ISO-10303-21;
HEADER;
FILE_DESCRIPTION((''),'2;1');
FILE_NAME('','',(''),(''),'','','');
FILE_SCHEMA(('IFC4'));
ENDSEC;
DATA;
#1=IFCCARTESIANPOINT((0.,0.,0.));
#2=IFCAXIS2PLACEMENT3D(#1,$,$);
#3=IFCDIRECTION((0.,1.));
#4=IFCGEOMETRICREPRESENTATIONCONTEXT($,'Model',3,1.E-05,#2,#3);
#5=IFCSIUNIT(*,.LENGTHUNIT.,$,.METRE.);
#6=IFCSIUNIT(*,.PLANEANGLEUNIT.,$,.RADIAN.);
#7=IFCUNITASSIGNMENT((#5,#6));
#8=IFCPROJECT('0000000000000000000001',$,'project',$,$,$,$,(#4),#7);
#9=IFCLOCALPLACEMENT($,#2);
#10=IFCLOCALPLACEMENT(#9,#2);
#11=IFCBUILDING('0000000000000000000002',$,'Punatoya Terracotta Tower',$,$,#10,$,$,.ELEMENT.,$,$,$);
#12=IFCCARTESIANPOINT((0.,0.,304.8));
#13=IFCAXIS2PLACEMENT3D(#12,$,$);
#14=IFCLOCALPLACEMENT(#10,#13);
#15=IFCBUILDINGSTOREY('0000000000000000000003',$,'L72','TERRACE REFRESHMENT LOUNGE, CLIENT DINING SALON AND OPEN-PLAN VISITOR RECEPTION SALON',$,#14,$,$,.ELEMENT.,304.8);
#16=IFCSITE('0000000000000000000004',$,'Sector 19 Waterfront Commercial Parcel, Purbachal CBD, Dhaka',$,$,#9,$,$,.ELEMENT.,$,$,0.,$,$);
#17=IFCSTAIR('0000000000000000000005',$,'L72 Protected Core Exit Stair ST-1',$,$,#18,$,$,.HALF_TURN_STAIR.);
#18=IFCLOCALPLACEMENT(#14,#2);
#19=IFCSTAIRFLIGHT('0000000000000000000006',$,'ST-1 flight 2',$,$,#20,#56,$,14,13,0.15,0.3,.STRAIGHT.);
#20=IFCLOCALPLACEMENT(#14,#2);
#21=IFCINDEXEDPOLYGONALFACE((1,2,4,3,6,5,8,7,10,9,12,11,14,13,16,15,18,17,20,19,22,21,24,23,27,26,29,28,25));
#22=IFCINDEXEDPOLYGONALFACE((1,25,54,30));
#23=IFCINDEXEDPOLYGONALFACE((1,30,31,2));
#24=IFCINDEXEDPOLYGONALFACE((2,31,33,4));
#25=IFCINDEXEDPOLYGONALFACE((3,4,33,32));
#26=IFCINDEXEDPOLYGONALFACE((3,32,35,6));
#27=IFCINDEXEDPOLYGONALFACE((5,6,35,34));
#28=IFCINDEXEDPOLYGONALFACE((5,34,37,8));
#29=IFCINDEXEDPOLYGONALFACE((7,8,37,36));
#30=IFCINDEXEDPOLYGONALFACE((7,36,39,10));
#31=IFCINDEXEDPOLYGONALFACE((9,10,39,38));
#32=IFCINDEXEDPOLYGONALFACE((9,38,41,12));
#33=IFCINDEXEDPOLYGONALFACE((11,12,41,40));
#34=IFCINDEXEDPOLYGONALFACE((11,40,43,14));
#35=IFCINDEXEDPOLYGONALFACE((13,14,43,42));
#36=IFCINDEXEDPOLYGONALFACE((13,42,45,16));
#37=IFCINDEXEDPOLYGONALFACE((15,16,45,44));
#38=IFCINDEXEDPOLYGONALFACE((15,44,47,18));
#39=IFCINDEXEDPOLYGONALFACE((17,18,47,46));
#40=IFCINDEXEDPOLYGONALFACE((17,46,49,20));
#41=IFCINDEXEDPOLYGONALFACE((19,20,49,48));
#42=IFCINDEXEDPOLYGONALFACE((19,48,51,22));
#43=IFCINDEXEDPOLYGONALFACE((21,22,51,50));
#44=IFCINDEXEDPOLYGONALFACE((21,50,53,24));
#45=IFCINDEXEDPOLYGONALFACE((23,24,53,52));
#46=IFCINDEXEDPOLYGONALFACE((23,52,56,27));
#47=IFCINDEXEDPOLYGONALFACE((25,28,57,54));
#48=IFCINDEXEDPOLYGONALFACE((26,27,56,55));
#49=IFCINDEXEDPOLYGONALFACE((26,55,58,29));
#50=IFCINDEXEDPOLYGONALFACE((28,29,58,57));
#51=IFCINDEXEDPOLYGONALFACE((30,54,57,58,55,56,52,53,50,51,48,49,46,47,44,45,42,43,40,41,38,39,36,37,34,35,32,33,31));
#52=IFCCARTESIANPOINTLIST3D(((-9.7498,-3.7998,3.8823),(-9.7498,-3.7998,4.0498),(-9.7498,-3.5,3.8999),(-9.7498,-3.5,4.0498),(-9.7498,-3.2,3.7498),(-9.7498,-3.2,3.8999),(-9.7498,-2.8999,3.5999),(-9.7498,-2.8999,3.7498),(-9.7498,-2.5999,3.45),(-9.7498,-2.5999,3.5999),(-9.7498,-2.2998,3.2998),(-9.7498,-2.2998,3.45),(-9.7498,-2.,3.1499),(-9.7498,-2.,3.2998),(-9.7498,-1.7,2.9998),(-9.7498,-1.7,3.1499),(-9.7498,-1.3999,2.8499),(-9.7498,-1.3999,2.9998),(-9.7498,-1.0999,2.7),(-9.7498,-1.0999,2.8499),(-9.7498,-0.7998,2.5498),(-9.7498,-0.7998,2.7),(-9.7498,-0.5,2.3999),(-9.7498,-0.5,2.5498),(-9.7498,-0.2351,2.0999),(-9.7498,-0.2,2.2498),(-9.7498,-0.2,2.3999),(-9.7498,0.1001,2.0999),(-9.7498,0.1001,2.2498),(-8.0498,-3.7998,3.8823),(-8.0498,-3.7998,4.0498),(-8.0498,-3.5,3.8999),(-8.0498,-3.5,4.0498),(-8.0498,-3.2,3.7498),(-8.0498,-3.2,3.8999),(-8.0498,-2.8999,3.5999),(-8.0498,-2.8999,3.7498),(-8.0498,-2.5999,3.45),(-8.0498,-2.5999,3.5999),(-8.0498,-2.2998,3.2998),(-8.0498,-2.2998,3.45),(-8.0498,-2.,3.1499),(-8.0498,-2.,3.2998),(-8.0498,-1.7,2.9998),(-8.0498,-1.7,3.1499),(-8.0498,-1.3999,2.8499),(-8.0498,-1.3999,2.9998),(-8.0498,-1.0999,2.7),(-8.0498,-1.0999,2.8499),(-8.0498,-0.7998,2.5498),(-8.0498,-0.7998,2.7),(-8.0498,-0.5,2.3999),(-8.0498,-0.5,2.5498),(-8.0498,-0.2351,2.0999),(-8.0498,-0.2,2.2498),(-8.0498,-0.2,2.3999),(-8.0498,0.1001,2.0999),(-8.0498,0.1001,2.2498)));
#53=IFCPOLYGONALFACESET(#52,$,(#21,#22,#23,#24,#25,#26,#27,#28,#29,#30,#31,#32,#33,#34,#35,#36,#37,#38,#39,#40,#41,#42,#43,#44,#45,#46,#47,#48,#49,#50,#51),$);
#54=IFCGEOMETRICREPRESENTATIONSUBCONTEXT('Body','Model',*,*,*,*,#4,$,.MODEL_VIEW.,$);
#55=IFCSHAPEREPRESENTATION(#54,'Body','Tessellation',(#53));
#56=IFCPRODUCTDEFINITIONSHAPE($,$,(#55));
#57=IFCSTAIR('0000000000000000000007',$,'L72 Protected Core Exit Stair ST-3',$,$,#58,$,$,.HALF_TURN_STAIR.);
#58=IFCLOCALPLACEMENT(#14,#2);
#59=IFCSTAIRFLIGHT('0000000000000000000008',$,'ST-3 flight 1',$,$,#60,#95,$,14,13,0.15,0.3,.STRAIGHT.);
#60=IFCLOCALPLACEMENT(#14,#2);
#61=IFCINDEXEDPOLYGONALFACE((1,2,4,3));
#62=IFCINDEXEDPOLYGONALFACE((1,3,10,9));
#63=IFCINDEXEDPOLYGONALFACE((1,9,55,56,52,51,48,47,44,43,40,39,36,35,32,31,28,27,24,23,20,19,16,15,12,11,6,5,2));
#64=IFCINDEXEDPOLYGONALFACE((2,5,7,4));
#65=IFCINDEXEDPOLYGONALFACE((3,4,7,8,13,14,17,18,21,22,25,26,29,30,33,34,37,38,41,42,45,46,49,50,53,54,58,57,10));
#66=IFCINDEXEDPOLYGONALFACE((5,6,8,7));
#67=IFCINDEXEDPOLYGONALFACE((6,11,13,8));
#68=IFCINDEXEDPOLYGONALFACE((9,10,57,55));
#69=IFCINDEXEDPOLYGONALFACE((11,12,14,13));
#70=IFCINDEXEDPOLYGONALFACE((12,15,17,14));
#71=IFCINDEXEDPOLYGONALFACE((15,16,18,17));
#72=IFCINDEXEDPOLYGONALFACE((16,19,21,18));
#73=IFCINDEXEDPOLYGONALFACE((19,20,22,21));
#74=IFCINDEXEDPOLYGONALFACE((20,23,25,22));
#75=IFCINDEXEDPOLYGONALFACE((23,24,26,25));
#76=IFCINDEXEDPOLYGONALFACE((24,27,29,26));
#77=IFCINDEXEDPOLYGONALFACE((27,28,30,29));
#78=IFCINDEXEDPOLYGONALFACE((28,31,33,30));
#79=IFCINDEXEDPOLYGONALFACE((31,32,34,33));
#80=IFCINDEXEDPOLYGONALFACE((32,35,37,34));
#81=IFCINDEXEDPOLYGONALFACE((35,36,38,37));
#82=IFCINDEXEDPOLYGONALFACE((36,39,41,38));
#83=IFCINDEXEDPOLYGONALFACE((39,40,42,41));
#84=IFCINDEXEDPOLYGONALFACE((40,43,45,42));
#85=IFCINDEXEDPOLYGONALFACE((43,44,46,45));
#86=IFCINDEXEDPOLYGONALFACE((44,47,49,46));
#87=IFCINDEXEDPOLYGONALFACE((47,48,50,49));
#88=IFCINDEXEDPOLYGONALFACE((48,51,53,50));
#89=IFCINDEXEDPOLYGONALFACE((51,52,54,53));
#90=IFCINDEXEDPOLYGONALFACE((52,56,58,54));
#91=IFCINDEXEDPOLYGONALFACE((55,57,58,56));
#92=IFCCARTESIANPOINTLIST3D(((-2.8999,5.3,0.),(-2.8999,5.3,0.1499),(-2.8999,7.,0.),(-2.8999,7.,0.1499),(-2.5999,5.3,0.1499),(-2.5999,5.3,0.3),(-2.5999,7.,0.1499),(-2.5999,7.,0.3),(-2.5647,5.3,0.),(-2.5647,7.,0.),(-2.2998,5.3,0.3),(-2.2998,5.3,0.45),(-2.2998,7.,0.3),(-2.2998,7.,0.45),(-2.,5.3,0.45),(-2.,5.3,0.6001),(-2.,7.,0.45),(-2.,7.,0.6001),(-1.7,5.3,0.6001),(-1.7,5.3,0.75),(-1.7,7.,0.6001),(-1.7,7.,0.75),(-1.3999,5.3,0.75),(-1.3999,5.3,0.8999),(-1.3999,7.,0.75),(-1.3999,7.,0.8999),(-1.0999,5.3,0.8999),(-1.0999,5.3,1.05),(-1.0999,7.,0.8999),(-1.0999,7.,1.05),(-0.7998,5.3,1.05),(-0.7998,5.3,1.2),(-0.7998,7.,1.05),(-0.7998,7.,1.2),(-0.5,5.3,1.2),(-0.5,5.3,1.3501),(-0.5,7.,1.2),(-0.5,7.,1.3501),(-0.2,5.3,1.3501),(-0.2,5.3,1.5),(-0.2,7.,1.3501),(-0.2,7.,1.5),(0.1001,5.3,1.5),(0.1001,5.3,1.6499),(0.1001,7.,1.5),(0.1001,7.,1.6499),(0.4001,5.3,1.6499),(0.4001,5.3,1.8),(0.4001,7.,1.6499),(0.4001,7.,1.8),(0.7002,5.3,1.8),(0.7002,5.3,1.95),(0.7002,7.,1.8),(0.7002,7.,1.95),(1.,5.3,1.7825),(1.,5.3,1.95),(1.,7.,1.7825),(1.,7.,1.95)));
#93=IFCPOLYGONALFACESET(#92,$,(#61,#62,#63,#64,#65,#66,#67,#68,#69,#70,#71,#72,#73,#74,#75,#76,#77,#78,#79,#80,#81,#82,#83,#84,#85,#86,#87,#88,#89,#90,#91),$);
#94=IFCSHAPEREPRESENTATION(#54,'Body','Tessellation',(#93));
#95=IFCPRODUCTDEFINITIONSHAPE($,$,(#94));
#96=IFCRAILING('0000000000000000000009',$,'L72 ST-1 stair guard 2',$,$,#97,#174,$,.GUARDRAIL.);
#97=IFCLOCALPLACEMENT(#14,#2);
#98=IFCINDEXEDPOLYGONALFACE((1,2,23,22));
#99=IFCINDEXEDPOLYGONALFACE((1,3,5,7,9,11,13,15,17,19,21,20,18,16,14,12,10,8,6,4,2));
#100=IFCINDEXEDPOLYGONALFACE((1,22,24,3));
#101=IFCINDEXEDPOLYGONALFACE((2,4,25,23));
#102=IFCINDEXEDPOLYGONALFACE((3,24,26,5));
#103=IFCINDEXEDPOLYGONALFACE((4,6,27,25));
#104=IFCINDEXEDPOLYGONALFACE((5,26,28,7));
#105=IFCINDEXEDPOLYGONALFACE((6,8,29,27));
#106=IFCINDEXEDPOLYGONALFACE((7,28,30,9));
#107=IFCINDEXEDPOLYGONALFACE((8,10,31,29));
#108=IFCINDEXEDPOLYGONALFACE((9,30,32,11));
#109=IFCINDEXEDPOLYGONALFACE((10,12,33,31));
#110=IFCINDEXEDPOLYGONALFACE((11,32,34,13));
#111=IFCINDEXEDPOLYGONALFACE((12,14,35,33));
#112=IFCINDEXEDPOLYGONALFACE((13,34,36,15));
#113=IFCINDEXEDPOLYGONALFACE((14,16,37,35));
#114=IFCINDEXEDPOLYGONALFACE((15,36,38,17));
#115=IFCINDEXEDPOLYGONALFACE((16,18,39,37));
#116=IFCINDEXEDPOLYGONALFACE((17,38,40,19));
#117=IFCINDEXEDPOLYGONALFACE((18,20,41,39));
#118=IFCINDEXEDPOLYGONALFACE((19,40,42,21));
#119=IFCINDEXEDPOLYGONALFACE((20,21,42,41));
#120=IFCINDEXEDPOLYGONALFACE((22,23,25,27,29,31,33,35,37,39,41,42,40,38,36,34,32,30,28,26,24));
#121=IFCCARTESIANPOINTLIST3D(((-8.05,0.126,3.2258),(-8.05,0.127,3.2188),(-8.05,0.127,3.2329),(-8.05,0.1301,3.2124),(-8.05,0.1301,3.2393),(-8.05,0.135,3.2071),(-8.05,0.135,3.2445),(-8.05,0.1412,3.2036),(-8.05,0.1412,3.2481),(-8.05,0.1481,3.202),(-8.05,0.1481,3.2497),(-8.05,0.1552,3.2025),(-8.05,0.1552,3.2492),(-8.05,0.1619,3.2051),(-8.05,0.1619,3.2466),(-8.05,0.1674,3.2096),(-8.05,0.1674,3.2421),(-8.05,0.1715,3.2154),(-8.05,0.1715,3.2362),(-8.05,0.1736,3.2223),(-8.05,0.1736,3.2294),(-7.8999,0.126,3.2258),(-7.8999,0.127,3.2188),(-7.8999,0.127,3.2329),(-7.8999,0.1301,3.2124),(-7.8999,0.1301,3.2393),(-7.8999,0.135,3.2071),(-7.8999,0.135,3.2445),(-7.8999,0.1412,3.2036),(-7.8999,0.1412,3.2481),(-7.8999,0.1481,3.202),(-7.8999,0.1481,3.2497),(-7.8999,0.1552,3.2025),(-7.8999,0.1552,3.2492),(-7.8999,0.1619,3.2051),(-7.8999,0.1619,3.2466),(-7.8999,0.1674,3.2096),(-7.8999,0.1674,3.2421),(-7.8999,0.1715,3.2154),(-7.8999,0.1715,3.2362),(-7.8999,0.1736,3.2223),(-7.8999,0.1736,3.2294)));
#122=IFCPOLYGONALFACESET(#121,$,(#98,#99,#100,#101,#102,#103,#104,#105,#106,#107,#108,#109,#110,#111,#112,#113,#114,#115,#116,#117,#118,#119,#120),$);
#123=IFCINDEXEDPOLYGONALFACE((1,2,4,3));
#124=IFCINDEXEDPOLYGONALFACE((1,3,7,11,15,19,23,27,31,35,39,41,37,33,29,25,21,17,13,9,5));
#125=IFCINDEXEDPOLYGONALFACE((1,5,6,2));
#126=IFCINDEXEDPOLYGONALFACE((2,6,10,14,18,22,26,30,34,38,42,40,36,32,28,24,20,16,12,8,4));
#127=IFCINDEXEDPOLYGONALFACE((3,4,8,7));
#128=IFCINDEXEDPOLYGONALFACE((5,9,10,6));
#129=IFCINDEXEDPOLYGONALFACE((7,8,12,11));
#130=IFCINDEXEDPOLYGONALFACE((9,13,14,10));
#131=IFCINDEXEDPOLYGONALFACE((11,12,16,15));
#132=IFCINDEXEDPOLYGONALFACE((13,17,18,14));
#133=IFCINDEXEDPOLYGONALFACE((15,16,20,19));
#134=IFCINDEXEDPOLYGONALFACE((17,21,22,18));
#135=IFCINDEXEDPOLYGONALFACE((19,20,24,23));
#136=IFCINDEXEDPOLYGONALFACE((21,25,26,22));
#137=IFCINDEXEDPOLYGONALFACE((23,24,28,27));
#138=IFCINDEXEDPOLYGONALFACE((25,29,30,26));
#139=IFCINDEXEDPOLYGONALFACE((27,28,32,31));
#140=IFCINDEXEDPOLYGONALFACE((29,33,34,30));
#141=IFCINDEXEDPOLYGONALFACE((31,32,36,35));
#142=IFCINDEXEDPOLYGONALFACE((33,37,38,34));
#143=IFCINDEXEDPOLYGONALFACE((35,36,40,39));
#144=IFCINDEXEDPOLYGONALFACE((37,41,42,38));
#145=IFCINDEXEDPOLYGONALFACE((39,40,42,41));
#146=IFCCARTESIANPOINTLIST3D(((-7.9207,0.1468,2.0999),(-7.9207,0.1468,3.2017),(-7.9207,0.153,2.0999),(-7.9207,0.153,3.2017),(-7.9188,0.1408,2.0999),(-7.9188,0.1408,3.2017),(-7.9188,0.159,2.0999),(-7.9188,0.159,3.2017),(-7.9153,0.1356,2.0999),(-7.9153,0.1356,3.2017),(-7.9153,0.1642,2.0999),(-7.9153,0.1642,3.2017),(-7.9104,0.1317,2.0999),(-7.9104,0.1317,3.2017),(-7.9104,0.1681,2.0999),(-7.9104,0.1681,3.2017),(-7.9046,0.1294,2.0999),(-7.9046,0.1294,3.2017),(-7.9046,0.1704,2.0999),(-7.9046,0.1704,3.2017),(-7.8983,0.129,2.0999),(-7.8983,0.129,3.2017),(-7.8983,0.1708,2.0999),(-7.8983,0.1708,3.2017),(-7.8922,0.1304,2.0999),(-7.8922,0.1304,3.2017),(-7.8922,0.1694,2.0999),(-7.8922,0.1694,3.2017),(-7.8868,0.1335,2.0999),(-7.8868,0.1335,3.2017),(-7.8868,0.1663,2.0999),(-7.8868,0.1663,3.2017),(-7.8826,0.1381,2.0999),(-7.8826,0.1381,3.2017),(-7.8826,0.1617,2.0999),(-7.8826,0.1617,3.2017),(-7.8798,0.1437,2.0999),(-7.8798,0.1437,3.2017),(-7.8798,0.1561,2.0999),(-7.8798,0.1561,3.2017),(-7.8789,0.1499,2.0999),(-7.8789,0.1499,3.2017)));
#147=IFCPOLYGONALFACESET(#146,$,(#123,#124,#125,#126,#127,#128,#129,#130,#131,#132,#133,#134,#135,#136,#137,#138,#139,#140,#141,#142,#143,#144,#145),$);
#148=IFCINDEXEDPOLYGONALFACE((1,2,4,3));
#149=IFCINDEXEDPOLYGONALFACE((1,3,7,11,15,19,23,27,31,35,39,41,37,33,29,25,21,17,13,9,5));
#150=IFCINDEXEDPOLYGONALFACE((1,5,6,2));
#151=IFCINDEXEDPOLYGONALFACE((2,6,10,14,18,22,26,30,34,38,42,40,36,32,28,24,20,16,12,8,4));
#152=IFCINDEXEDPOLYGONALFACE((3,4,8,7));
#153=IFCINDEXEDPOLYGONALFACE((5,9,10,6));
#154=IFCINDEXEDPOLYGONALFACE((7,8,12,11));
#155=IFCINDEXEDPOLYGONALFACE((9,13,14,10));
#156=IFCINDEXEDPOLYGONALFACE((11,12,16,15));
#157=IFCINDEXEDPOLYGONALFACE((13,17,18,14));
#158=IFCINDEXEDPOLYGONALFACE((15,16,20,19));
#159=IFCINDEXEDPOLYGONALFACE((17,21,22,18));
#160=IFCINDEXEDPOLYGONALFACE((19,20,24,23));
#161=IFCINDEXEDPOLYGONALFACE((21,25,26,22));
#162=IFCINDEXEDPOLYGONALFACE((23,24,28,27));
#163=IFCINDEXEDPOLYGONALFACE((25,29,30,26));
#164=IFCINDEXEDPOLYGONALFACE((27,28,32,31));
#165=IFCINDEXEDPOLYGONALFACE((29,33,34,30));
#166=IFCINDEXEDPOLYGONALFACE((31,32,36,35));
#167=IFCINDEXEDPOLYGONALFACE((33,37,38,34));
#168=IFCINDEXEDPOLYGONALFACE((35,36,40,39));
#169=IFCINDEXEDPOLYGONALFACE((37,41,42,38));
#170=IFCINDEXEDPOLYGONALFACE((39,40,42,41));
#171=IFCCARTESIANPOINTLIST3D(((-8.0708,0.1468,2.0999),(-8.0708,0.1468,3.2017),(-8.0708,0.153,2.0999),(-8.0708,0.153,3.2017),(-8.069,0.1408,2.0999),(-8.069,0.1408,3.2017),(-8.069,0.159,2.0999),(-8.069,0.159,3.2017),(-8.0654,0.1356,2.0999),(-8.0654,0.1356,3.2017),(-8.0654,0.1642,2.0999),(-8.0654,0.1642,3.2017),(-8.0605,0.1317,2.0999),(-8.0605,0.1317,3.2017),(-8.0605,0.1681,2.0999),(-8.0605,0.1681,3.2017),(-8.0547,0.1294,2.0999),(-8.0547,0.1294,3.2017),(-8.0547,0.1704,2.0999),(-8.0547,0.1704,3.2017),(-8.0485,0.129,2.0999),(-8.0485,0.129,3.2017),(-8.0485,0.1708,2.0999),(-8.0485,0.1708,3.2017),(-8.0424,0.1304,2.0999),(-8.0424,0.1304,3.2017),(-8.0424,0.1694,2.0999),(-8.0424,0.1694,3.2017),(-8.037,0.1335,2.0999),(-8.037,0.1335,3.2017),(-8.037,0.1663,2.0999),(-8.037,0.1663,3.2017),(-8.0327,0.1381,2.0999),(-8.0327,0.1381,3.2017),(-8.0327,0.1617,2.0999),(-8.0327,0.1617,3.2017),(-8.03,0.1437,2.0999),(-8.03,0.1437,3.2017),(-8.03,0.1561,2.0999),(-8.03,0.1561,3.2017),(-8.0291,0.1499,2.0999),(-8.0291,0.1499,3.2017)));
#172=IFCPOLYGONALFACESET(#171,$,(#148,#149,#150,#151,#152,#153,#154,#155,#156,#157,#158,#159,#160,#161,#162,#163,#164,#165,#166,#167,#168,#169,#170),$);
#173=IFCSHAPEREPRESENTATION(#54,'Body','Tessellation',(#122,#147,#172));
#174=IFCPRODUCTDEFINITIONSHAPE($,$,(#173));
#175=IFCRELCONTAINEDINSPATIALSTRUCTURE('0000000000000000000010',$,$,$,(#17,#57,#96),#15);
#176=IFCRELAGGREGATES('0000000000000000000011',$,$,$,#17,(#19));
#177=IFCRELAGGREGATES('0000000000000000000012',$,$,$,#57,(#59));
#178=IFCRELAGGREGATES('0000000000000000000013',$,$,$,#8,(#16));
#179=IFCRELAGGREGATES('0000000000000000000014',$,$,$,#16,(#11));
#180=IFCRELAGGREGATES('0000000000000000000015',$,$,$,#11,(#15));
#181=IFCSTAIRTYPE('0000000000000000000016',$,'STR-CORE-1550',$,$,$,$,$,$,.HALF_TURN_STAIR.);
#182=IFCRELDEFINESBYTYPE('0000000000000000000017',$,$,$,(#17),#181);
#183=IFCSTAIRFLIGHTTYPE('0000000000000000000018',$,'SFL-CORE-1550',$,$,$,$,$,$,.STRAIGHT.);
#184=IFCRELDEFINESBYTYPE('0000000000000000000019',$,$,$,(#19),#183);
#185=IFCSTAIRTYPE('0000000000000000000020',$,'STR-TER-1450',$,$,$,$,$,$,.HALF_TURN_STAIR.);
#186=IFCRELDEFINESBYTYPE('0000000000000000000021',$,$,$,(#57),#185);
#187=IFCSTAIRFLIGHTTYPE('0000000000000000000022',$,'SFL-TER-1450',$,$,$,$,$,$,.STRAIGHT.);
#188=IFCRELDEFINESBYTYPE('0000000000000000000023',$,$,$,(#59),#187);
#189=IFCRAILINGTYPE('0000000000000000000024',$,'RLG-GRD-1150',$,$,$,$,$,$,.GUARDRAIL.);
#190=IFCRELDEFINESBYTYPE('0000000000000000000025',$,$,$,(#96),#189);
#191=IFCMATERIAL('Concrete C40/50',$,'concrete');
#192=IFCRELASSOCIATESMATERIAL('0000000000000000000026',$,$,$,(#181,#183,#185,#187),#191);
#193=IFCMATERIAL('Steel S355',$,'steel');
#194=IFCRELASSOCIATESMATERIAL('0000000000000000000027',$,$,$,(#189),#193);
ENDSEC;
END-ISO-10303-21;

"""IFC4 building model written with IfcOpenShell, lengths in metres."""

from ifc_helpers import new_model, si_unit, direction, frame, origin, origin_2d, place, context, subcontext, project, spatial, polyline, circle, outline, extrude, material, type_object, element, aggregate, save


model = new_model("IFC4")

# Units and contexts
model_context = context("Model", 3, precision=1e-05, world=origin(), true_north=direction((0.0, 1.0)))
body_context = subcontext(model_context, "Body", "Model", "MODEL_VIEW")
ifc_project = project(units=[si_unit("LENGTHUNIT", "METRE"), si_unit("PLANEANGLEUNIT", "RADIAN")], contexts=[model_context])

# Site, building, storey
site_placement = place(None, origin())
site = spatial("IfcSite", under=ifc_project, at=site_placement, Name="Sector 19 Waterfront Commercial Parcel, Purbachal CBD, Dhaka", CompositionType="ELEMENT", RefElevation=0.0)
building_placement = place(site_placement, origin())
building = spatial("IfcBuilding", under=site, at=building_placement, Name="Punatoya Terracotta Tower", CompositionType="ELEMENT")
storey_placement = place(building_placement, frame((0.0, 0.0, 304.8)))
storey = spatial("IfcBuildingStorey", under=building, at=storey_placement, Name="L72", Description="TERRACE REFRESHMENT LOUNGE, CLIENT DINING SALON AND OPEN-PLAN VISITOR RECEPTION SALON", CompositionType="ELEMENT", Elevation=304.8)

# Shared definitions
ifc_material_1 = material(Name="Steel S355", Category="steel")

# Shared definitions
ifc_material_2 = material(Name="Concrete C40/50", Category="concrete")

# Stairs, stair flights
stair_type_1 = type_object("IfcStairType", Name="STR-CORE-1550", PredefinedType="HALF_TURN_STAIR", material=ifc_material_2)
stair_1_placement = place(storey_placement, origin())
stair_1 = element("IfcStair", 1, at=stair_1_placement, inside=storey, type_object=stair_type_1, Name="L72 Protected Core Exit Stair ST-1", PredefinedType="HALF_TURN_STAIR")
stair_flight_type_1 = type_object("IfcStairFlightType", Name="SFL-CORE-1550", PredefinedType="STRAIGHT", material=ifc_material_2)
stair_flight_1_placement = place(storey_placement, frame((-8.8999, 0.1001, 2.0999), z_axis=(0.0, 0.0, 1.0), x_axis=(0.0, -1.0, 0.0)))
stair_flight_1 = element("IfcStairFlight", 2, at=stair_flight_1_placement, type_object=stair_flight_type_1, Name="ST-1 flight 2", NumberOfRisers=14, NumberOfTreads=13, PredefinedType="STRAIGHT", RiserHeight=0.15, TreadLength=0.3, context=body_context, shape_type="SweptSolid", body=[
    extrude(outline(polyline([(0.0, 0.0), (0.0, 0.1499), (0.3, 0.1499), (0.3, 0.3), (0.6001, 0.3), (0.6001, 0.45), (0.8999, 0.45), (0.8999, 0.6001), (1.2, 0.6001), (1.2, 0.75), (1.5, 0.75), (1.5, 0.8999), (1.8, 0.8999), (1.8, 1.05), (2.1001, 1.05), (2.1001, 1.2), (2.3999, 1.2), (2.3999, 1.3501), (2.7, 1.3501), (2.7, 1.5), (3.0, 1.5), (3.0, 1.6499), (3.3, 1.6499), (3.3, 1.8), (3.6001, 1.8), (3.6001, 1.95), (3.8999, 1.95), (3.8999, 2.1001), (3.8999, 1.7825), (0.3352, 0.0), (0.0, 0.0)])), frame((0.0, 0.8501, 0.0), z_axis=(0.0, -1.0, 0.0), x_axis=(1.0, 0.0, 0.0)), (0.0, 0.0, 1.0), 1.7),
])
aggregate(stair_1, [stair_flight_1])
stair_type_2 = type_object("IfcStairType", Name="STR-TER-1450", PredefinedType="HALF_TURN_STAIR", material=ifc_material_2)
stair_2_placement = place(storey_placement, origin())
stair_2 = element("IfcStair", 3, at=stair_2_placement, inside=storey, type_object=stair_type_2, Name="L72 Protected Core Exit Stair ST-3", PredefinedType="HALF_TURN_STAIR")
stair_flight_type_2 = type_object("IfcStairFlightType", Name="SFL-TER-1450", PredefinedType="STRAIGHT", material=ifc_material_2)
stair_flight_2_placement = place(storey_placement, frame((-2.8999, 6.1499, 0.0), z_axis=(0.0, 0.0, 1.0), x_axis=(1.0, 0.0, 0.0)))
stair_flight_2 = element("IfcStairFlight", 4, at=stair_flight_2_placement, type_object=stair_flight_type_2, Name="ST-3 flight 1", NumberOfRisers=14, NumberOfTreads=13, PredefinedType="STRAIGHT", RiserHeight=0.15, TreadLength=0.3, context=body_context, shape_type="SweptSolid", body=[
    extrude(outline(polyline([(0.0, 0.0), (0.0, 0.1499), (0.3, 0.1499), (0.3, 0.3), (0.6001, 0.3), (0.6001, 0.45), (0.8999, 0.45), (0.8999, 0.6001), (1.2, 0.6001), (1.2, 0.75), (1.5, 0.75), (1.5, 0.8999), (1.8, 0.8999), (1.8, 1.05), (2.1001, 1.05), (2.1001, 1.2), (2.3999, 1.2), (2.3999, 1.3501), (2.7, 1.3501), (2.7, 1.5), (3.0, 1.5), (3.0, 1.6499), (3.3, 1.6499), (3.3, 1.8), (3.6001, 1.8), (3.6001, 1.95), (3.8999, 1.95), (3.8999, 2.1001), (3.8999, 1.7825), (0.3352, 0.0), (0.0, 0.0)])), frame((0.0, 0.8501, 0.0), z_axis=(0.0, -1.0, 0.0), x_axis=(1.0, 0.0, 0.0)), (0.0, 0.0, 1.0), 1.7),
])
aggregate(stair_2, [stair_flight_2])

# Railing
railing_type_1 = type_object("IfcRailingType", Name="RLG-GRD-1150", PredefinedType="GUARDRAIL", material=ifc_material_1)
railing_1_placement = place(storey_placement, frame((-7.8999, 0.1499, 2.0999)))
element("IfcRailing", 5, at=railing_1_placement, inside=storey, type_object=railing_type_1, Name="L72 ST-1 stair guard 2", PredefinedType="GUARDRAIL", context=body_context, shape_type="SweptSolid", body=[
    extrude(circle(Radius=0.0239, at=origin_2d()), frame((0.0, 0.0, 1.126), z_axis=(-1.0, 0.0, 0.0), x_axis=(0.0, -1.0, 0.0)), (0.0, 0.0, 1.0), 0.1501),
    extrude(circle(Radius=0.021, at=origin_2d()), origin(), (0.0, 0.0, 1.0), 1.1018),
    extrude(circle(Radius=0.021, at=origin_2d()), frame((-0.1501, 0.0, 0.0)), (0.0, 0.0, 1.0), 1.1018),
])

save(model, "model.ifc")
